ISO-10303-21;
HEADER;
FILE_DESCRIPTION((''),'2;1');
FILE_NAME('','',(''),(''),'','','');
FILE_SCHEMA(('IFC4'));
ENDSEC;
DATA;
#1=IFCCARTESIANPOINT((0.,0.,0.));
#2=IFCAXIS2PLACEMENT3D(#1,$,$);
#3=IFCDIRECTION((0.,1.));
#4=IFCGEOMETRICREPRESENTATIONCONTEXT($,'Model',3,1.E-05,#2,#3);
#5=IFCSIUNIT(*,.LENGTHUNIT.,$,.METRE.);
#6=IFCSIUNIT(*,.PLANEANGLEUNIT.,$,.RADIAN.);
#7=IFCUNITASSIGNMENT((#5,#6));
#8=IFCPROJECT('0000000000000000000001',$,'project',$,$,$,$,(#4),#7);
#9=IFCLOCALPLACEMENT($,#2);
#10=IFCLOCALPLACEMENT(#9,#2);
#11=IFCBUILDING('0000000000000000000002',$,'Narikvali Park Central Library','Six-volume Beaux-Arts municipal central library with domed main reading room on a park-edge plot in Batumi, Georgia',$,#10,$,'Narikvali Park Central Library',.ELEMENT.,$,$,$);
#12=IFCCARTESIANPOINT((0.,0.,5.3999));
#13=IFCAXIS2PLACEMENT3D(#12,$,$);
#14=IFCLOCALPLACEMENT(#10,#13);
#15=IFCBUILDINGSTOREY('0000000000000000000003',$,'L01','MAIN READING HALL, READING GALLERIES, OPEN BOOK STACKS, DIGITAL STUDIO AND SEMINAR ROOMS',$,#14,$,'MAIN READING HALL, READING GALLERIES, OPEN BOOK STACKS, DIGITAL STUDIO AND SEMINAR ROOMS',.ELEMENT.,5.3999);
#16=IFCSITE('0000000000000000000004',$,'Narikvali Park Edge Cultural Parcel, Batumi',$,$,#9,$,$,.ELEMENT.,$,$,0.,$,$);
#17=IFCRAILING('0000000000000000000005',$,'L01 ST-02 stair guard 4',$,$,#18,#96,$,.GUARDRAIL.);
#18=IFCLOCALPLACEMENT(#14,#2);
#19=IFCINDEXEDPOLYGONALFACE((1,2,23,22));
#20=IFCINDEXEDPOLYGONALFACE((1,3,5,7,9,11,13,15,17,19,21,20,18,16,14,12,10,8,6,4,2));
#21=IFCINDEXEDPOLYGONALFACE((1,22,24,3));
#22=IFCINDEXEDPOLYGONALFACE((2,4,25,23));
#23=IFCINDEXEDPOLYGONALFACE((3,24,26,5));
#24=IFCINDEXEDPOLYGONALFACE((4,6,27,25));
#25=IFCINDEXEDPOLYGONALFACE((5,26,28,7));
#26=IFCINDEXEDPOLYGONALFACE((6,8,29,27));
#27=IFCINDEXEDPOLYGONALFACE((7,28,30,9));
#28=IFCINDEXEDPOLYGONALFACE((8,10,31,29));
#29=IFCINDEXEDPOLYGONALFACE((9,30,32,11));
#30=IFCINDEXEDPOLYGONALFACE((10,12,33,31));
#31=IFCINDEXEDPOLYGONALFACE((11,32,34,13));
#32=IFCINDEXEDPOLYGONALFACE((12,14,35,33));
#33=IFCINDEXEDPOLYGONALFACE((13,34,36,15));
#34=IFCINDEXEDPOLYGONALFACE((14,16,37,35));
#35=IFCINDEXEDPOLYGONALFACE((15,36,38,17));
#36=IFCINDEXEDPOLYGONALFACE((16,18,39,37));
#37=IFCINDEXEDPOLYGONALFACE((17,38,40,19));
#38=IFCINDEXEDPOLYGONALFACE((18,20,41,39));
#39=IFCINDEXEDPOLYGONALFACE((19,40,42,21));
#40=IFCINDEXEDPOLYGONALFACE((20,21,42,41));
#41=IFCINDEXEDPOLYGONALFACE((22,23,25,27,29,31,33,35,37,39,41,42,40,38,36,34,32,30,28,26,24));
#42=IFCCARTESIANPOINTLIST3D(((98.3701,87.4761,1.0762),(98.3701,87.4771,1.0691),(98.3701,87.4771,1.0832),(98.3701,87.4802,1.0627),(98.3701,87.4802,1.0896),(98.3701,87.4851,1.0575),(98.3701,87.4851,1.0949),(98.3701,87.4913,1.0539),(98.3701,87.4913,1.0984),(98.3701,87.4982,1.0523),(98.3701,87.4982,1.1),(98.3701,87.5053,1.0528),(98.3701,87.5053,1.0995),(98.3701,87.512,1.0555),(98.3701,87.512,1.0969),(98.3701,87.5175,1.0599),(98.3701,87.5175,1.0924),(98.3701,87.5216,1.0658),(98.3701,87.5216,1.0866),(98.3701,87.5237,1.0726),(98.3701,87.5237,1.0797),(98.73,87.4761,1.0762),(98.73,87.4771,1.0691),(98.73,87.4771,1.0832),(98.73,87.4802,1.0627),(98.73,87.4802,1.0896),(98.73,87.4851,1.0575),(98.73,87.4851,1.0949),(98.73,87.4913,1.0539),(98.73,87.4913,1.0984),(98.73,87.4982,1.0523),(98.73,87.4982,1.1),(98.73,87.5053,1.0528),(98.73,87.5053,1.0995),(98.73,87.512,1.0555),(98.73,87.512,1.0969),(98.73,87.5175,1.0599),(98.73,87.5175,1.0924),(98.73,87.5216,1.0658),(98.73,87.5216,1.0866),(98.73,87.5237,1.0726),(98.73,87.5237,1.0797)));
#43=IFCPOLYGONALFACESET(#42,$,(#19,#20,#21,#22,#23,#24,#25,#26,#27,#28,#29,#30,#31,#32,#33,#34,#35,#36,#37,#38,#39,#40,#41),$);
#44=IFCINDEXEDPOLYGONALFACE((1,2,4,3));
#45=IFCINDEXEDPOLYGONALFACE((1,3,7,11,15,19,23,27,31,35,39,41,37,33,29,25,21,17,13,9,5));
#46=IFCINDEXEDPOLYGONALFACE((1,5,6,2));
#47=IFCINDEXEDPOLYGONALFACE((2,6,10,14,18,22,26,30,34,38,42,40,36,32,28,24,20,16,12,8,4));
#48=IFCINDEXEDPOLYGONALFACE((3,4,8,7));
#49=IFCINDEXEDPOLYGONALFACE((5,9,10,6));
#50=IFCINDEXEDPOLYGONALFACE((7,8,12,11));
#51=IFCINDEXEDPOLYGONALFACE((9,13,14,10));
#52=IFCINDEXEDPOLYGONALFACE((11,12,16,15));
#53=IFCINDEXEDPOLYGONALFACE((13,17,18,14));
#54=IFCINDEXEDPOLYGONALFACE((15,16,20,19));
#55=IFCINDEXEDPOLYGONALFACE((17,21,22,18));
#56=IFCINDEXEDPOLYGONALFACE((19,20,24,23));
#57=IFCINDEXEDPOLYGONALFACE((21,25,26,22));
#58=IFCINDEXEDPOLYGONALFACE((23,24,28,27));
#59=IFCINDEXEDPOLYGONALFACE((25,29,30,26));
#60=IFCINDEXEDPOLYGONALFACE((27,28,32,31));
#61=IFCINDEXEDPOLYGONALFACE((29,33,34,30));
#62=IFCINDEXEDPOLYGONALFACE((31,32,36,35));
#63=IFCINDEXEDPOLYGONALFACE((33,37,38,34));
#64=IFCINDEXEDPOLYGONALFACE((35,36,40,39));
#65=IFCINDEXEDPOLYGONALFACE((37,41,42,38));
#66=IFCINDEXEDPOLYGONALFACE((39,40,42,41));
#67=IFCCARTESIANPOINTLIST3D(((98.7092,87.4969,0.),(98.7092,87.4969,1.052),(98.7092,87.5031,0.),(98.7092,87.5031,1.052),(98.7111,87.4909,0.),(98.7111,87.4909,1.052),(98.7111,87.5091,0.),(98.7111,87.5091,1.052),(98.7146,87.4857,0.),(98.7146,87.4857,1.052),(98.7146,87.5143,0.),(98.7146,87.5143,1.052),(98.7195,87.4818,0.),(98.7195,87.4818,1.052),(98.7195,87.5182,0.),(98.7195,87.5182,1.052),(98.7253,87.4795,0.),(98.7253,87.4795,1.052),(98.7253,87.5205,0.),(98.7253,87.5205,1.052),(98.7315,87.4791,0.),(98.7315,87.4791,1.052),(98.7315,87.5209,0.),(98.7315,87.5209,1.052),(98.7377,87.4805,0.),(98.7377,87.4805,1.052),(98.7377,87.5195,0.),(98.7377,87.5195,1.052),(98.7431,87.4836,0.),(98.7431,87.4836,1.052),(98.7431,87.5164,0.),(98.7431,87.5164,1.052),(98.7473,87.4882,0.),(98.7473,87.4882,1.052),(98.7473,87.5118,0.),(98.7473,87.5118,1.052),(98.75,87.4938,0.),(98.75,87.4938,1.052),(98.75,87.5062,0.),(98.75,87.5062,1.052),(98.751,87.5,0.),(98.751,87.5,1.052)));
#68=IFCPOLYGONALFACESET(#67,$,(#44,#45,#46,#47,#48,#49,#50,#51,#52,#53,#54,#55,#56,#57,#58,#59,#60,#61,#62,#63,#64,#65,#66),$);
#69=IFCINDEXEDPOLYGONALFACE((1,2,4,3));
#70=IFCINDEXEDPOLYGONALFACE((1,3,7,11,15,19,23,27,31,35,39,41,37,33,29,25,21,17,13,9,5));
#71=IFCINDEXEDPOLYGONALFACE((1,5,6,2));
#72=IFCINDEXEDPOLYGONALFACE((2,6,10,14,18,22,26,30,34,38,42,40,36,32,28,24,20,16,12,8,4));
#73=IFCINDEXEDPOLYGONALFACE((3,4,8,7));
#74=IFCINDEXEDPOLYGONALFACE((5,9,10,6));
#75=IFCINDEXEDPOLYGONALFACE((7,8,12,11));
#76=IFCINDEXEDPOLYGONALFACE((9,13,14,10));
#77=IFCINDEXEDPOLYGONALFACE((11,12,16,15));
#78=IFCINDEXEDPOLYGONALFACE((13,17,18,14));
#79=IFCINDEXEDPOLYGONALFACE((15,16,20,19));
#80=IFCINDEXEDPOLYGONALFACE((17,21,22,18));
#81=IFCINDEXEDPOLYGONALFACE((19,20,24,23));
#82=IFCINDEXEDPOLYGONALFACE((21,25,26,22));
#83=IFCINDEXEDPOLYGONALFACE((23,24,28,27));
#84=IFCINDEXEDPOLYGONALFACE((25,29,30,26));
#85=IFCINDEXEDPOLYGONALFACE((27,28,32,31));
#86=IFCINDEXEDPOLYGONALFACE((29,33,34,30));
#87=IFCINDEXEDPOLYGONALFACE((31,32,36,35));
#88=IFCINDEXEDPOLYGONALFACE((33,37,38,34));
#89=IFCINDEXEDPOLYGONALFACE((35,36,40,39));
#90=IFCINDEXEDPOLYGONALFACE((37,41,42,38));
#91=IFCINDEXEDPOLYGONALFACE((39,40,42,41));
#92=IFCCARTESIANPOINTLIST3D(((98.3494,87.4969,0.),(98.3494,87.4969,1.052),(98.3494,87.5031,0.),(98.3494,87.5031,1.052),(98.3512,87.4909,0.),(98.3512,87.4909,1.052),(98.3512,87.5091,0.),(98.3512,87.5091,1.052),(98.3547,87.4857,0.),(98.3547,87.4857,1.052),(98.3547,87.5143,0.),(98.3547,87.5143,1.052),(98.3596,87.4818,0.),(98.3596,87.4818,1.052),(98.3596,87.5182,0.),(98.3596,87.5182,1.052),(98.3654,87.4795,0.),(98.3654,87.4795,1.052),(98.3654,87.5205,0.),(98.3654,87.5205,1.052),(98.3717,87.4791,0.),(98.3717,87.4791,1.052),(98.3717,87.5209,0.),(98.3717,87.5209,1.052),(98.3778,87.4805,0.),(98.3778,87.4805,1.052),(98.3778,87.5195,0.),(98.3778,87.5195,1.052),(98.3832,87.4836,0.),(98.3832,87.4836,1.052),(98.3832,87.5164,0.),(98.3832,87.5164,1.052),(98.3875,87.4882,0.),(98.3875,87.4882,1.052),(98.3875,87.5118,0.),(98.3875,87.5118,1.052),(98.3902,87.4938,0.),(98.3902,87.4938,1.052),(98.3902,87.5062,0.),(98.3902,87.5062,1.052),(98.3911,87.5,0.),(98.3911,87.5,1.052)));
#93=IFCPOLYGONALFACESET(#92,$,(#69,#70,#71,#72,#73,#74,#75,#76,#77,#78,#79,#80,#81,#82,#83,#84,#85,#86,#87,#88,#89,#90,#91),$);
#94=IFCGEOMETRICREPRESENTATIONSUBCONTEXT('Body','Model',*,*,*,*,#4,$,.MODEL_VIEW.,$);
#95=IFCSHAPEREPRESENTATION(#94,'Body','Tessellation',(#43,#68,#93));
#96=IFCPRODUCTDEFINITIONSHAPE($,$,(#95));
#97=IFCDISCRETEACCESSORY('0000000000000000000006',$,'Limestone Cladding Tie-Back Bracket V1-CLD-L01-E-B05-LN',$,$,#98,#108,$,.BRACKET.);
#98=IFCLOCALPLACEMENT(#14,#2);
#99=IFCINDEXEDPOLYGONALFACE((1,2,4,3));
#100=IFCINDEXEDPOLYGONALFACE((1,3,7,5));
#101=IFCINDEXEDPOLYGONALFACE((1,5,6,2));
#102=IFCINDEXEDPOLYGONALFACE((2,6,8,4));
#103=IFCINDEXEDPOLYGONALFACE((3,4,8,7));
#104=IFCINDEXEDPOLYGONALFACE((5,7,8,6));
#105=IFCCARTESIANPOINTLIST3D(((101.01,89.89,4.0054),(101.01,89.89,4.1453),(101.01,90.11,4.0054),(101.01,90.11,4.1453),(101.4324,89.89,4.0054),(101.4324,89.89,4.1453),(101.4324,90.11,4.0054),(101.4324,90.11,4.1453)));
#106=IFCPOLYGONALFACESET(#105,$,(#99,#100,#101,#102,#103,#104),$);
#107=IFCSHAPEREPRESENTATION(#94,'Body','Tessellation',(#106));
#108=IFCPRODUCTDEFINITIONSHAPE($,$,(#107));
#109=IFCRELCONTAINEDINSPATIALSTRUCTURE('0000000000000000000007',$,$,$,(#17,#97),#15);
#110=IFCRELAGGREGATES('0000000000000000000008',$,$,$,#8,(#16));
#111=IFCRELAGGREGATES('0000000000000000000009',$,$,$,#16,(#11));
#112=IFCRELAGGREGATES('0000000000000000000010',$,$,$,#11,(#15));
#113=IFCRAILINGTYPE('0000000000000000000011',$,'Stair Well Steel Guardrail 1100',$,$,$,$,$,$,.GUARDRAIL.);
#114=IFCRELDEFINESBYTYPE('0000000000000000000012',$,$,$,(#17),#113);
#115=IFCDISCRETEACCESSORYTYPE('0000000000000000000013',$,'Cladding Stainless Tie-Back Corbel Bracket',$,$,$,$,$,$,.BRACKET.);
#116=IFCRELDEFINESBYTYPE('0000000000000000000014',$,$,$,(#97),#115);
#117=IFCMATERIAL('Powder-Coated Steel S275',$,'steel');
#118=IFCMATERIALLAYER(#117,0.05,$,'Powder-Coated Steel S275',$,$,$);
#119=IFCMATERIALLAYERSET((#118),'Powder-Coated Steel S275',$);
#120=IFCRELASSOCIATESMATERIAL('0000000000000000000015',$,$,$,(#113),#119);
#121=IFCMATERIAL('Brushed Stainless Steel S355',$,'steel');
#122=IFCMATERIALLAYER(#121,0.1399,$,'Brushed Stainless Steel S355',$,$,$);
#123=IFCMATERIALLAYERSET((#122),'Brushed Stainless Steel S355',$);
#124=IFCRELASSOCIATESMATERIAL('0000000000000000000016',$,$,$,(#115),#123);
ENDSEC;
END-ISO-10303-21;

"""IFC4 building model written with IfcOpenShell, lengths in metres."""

from ifc_helpers import new_model, si_unit, direction, frame, origin, origin_2d, place, context, subcontext, project, spatial, rectangle, circle, extrude, material, layer, layer_set, type_object, element, save


model = new_model("IFC4")

# Units and contexts
model_context = context("Model", 3, precision=1e-05, world=origin(), true_north=direction((0.0, 1.0)))
body_context = subcontext(model_context, "Body", "Model", "MODEL_VIEW")
ifc_project = project(units=[si_unit("LENGTHUNIT", "METRE"), si_unit("PLANEANGLEUNIT", "RADIAN")], contexts=[model_context])

# Site, building, storey
site_placement = place(None, origin())
site = spatial("IfcSite", under=ifc_project, at=site_placement, Name="Narikvali Park Edge Cultural Parcel, Batumi", CompositionType="ELEMENT", RefElevation=0.0)
building_placement = place(site_placement, origin())
building = spatial("IfcBuilding", under=site, at=building_placement, Name="Narikvali Park Central Library", Description="Six-volume Beaux-Arts municipal central library with domed main reading room on a park-edge plot in Batumi, Georgia", LongName="Narikvali Park Central Library", CompositionType="ELEMENT")
storey_placement = place(building_placement, frame((0.0, 0.0, 5.3999)))
storey = spatial("IfcBuildingStorey", under=building, at=storey_placement, Name="L01", Description="MAIN READING HALL, READING GALLERIES, OPEN BOOK STACKS, DIGITAL STUDIO AND SEMINAR ROOMS", LongName="MAIN READING HALL, READING GALLERIES, OPEN BOOK STACKS, DIGITAL STUDIO AND SEMINAR ROOMS", CompositionType="ELEMENT", Elevation=5.3999)

# Shared definitions
ifc_material_1 = material(Name="Brushed Stainless Steel S355", Category="steel")

# Railing
ifc_material_2 = material(Name="Powder-Coated Steel S275", Category="steel")
ifc_layer_1 = layer(ifc_material_2, 0.05, Name="Powder-Coated Steel S275")
ifc_layer_set_1 = layer_set([ifc_layer_1], Name="Powder-Coated Steel S275")
railing_type_1 = type_object("IfcRailingType", Name="Stair Well Steel Guardrail 1100", PredefinedType="GUARDRAIL", material=ifc_layer_set_1)
railing_1_placement = place(storey_placement, frame((98.73, 87.5, 0.0)))
element("IfcRailing", 1, at=railing_1_placement, inside=storey, type_object=railing_type_1, Name="L01 ST-02 stair guard 4", PredefinedType="GUARDRAIL", context=body_context, shape_type="SweptSolid", body=[
    extrude(circle(Radius=0.0239, at=origin_2d()), frame((0.0, 0.0, 1.0762), z_axis=(-1.0, 0.0, 0.0), x_axis=(0.0, -1.0, 0.0)), (0.0, 0.0, 1.0), 0.3599),
    extrude(circle(Radius=0.021, at=origin_2d()), origin(), (0.0, 0.0, 1.0), 1.052),
    extrude(circle(Radius=0.021, at=origin_2d()), frame((-0.3599, 0.0, 0.0)), (0.0, 0.0, 1.0), 1.052),
])

# Discrete accessory
ifc_layer_2 = layer(ifc_material_1, 0.1399, Name="Brushed Stainless Steel S355")
ifc_layer_set_2 = layer_set([ifc_layer_2], Name="Brushed Stainless Steel S355")
discrete_accessory_type = type_object("IfcDiscreteAccessoryType", Name="Cladding Stainless Tie-Back Corbel Bracket", PredefinedType="BRACKET", material=ifc_layer_set_2)
discrete_accessory_placement = place(storey_placement, frame((101.2212, 90.0, 4.0054), z_axis=(0.0, 0.0, 1.0), x_axis=(1.0, 0.0, 0.0)))
element("IfcDiscreteAccessory", 2, at=discrete_accessory_placement, inside=storey, type_object=discrete_accessory_type, Name="Limestone Cladding Tie-Back Bracket V1-CLD-L01-E-B05-LN", PredefinedType="BRACKET", context=body_context, shape_type="SweptSolid", body=[
    extrude(rectangle(XDim=0.4224, YDim=0.22, at=origin_2d()), origin(), (0.0, 0.0, 1.0), 0.1399),
])

save(model, "model.ifc")
